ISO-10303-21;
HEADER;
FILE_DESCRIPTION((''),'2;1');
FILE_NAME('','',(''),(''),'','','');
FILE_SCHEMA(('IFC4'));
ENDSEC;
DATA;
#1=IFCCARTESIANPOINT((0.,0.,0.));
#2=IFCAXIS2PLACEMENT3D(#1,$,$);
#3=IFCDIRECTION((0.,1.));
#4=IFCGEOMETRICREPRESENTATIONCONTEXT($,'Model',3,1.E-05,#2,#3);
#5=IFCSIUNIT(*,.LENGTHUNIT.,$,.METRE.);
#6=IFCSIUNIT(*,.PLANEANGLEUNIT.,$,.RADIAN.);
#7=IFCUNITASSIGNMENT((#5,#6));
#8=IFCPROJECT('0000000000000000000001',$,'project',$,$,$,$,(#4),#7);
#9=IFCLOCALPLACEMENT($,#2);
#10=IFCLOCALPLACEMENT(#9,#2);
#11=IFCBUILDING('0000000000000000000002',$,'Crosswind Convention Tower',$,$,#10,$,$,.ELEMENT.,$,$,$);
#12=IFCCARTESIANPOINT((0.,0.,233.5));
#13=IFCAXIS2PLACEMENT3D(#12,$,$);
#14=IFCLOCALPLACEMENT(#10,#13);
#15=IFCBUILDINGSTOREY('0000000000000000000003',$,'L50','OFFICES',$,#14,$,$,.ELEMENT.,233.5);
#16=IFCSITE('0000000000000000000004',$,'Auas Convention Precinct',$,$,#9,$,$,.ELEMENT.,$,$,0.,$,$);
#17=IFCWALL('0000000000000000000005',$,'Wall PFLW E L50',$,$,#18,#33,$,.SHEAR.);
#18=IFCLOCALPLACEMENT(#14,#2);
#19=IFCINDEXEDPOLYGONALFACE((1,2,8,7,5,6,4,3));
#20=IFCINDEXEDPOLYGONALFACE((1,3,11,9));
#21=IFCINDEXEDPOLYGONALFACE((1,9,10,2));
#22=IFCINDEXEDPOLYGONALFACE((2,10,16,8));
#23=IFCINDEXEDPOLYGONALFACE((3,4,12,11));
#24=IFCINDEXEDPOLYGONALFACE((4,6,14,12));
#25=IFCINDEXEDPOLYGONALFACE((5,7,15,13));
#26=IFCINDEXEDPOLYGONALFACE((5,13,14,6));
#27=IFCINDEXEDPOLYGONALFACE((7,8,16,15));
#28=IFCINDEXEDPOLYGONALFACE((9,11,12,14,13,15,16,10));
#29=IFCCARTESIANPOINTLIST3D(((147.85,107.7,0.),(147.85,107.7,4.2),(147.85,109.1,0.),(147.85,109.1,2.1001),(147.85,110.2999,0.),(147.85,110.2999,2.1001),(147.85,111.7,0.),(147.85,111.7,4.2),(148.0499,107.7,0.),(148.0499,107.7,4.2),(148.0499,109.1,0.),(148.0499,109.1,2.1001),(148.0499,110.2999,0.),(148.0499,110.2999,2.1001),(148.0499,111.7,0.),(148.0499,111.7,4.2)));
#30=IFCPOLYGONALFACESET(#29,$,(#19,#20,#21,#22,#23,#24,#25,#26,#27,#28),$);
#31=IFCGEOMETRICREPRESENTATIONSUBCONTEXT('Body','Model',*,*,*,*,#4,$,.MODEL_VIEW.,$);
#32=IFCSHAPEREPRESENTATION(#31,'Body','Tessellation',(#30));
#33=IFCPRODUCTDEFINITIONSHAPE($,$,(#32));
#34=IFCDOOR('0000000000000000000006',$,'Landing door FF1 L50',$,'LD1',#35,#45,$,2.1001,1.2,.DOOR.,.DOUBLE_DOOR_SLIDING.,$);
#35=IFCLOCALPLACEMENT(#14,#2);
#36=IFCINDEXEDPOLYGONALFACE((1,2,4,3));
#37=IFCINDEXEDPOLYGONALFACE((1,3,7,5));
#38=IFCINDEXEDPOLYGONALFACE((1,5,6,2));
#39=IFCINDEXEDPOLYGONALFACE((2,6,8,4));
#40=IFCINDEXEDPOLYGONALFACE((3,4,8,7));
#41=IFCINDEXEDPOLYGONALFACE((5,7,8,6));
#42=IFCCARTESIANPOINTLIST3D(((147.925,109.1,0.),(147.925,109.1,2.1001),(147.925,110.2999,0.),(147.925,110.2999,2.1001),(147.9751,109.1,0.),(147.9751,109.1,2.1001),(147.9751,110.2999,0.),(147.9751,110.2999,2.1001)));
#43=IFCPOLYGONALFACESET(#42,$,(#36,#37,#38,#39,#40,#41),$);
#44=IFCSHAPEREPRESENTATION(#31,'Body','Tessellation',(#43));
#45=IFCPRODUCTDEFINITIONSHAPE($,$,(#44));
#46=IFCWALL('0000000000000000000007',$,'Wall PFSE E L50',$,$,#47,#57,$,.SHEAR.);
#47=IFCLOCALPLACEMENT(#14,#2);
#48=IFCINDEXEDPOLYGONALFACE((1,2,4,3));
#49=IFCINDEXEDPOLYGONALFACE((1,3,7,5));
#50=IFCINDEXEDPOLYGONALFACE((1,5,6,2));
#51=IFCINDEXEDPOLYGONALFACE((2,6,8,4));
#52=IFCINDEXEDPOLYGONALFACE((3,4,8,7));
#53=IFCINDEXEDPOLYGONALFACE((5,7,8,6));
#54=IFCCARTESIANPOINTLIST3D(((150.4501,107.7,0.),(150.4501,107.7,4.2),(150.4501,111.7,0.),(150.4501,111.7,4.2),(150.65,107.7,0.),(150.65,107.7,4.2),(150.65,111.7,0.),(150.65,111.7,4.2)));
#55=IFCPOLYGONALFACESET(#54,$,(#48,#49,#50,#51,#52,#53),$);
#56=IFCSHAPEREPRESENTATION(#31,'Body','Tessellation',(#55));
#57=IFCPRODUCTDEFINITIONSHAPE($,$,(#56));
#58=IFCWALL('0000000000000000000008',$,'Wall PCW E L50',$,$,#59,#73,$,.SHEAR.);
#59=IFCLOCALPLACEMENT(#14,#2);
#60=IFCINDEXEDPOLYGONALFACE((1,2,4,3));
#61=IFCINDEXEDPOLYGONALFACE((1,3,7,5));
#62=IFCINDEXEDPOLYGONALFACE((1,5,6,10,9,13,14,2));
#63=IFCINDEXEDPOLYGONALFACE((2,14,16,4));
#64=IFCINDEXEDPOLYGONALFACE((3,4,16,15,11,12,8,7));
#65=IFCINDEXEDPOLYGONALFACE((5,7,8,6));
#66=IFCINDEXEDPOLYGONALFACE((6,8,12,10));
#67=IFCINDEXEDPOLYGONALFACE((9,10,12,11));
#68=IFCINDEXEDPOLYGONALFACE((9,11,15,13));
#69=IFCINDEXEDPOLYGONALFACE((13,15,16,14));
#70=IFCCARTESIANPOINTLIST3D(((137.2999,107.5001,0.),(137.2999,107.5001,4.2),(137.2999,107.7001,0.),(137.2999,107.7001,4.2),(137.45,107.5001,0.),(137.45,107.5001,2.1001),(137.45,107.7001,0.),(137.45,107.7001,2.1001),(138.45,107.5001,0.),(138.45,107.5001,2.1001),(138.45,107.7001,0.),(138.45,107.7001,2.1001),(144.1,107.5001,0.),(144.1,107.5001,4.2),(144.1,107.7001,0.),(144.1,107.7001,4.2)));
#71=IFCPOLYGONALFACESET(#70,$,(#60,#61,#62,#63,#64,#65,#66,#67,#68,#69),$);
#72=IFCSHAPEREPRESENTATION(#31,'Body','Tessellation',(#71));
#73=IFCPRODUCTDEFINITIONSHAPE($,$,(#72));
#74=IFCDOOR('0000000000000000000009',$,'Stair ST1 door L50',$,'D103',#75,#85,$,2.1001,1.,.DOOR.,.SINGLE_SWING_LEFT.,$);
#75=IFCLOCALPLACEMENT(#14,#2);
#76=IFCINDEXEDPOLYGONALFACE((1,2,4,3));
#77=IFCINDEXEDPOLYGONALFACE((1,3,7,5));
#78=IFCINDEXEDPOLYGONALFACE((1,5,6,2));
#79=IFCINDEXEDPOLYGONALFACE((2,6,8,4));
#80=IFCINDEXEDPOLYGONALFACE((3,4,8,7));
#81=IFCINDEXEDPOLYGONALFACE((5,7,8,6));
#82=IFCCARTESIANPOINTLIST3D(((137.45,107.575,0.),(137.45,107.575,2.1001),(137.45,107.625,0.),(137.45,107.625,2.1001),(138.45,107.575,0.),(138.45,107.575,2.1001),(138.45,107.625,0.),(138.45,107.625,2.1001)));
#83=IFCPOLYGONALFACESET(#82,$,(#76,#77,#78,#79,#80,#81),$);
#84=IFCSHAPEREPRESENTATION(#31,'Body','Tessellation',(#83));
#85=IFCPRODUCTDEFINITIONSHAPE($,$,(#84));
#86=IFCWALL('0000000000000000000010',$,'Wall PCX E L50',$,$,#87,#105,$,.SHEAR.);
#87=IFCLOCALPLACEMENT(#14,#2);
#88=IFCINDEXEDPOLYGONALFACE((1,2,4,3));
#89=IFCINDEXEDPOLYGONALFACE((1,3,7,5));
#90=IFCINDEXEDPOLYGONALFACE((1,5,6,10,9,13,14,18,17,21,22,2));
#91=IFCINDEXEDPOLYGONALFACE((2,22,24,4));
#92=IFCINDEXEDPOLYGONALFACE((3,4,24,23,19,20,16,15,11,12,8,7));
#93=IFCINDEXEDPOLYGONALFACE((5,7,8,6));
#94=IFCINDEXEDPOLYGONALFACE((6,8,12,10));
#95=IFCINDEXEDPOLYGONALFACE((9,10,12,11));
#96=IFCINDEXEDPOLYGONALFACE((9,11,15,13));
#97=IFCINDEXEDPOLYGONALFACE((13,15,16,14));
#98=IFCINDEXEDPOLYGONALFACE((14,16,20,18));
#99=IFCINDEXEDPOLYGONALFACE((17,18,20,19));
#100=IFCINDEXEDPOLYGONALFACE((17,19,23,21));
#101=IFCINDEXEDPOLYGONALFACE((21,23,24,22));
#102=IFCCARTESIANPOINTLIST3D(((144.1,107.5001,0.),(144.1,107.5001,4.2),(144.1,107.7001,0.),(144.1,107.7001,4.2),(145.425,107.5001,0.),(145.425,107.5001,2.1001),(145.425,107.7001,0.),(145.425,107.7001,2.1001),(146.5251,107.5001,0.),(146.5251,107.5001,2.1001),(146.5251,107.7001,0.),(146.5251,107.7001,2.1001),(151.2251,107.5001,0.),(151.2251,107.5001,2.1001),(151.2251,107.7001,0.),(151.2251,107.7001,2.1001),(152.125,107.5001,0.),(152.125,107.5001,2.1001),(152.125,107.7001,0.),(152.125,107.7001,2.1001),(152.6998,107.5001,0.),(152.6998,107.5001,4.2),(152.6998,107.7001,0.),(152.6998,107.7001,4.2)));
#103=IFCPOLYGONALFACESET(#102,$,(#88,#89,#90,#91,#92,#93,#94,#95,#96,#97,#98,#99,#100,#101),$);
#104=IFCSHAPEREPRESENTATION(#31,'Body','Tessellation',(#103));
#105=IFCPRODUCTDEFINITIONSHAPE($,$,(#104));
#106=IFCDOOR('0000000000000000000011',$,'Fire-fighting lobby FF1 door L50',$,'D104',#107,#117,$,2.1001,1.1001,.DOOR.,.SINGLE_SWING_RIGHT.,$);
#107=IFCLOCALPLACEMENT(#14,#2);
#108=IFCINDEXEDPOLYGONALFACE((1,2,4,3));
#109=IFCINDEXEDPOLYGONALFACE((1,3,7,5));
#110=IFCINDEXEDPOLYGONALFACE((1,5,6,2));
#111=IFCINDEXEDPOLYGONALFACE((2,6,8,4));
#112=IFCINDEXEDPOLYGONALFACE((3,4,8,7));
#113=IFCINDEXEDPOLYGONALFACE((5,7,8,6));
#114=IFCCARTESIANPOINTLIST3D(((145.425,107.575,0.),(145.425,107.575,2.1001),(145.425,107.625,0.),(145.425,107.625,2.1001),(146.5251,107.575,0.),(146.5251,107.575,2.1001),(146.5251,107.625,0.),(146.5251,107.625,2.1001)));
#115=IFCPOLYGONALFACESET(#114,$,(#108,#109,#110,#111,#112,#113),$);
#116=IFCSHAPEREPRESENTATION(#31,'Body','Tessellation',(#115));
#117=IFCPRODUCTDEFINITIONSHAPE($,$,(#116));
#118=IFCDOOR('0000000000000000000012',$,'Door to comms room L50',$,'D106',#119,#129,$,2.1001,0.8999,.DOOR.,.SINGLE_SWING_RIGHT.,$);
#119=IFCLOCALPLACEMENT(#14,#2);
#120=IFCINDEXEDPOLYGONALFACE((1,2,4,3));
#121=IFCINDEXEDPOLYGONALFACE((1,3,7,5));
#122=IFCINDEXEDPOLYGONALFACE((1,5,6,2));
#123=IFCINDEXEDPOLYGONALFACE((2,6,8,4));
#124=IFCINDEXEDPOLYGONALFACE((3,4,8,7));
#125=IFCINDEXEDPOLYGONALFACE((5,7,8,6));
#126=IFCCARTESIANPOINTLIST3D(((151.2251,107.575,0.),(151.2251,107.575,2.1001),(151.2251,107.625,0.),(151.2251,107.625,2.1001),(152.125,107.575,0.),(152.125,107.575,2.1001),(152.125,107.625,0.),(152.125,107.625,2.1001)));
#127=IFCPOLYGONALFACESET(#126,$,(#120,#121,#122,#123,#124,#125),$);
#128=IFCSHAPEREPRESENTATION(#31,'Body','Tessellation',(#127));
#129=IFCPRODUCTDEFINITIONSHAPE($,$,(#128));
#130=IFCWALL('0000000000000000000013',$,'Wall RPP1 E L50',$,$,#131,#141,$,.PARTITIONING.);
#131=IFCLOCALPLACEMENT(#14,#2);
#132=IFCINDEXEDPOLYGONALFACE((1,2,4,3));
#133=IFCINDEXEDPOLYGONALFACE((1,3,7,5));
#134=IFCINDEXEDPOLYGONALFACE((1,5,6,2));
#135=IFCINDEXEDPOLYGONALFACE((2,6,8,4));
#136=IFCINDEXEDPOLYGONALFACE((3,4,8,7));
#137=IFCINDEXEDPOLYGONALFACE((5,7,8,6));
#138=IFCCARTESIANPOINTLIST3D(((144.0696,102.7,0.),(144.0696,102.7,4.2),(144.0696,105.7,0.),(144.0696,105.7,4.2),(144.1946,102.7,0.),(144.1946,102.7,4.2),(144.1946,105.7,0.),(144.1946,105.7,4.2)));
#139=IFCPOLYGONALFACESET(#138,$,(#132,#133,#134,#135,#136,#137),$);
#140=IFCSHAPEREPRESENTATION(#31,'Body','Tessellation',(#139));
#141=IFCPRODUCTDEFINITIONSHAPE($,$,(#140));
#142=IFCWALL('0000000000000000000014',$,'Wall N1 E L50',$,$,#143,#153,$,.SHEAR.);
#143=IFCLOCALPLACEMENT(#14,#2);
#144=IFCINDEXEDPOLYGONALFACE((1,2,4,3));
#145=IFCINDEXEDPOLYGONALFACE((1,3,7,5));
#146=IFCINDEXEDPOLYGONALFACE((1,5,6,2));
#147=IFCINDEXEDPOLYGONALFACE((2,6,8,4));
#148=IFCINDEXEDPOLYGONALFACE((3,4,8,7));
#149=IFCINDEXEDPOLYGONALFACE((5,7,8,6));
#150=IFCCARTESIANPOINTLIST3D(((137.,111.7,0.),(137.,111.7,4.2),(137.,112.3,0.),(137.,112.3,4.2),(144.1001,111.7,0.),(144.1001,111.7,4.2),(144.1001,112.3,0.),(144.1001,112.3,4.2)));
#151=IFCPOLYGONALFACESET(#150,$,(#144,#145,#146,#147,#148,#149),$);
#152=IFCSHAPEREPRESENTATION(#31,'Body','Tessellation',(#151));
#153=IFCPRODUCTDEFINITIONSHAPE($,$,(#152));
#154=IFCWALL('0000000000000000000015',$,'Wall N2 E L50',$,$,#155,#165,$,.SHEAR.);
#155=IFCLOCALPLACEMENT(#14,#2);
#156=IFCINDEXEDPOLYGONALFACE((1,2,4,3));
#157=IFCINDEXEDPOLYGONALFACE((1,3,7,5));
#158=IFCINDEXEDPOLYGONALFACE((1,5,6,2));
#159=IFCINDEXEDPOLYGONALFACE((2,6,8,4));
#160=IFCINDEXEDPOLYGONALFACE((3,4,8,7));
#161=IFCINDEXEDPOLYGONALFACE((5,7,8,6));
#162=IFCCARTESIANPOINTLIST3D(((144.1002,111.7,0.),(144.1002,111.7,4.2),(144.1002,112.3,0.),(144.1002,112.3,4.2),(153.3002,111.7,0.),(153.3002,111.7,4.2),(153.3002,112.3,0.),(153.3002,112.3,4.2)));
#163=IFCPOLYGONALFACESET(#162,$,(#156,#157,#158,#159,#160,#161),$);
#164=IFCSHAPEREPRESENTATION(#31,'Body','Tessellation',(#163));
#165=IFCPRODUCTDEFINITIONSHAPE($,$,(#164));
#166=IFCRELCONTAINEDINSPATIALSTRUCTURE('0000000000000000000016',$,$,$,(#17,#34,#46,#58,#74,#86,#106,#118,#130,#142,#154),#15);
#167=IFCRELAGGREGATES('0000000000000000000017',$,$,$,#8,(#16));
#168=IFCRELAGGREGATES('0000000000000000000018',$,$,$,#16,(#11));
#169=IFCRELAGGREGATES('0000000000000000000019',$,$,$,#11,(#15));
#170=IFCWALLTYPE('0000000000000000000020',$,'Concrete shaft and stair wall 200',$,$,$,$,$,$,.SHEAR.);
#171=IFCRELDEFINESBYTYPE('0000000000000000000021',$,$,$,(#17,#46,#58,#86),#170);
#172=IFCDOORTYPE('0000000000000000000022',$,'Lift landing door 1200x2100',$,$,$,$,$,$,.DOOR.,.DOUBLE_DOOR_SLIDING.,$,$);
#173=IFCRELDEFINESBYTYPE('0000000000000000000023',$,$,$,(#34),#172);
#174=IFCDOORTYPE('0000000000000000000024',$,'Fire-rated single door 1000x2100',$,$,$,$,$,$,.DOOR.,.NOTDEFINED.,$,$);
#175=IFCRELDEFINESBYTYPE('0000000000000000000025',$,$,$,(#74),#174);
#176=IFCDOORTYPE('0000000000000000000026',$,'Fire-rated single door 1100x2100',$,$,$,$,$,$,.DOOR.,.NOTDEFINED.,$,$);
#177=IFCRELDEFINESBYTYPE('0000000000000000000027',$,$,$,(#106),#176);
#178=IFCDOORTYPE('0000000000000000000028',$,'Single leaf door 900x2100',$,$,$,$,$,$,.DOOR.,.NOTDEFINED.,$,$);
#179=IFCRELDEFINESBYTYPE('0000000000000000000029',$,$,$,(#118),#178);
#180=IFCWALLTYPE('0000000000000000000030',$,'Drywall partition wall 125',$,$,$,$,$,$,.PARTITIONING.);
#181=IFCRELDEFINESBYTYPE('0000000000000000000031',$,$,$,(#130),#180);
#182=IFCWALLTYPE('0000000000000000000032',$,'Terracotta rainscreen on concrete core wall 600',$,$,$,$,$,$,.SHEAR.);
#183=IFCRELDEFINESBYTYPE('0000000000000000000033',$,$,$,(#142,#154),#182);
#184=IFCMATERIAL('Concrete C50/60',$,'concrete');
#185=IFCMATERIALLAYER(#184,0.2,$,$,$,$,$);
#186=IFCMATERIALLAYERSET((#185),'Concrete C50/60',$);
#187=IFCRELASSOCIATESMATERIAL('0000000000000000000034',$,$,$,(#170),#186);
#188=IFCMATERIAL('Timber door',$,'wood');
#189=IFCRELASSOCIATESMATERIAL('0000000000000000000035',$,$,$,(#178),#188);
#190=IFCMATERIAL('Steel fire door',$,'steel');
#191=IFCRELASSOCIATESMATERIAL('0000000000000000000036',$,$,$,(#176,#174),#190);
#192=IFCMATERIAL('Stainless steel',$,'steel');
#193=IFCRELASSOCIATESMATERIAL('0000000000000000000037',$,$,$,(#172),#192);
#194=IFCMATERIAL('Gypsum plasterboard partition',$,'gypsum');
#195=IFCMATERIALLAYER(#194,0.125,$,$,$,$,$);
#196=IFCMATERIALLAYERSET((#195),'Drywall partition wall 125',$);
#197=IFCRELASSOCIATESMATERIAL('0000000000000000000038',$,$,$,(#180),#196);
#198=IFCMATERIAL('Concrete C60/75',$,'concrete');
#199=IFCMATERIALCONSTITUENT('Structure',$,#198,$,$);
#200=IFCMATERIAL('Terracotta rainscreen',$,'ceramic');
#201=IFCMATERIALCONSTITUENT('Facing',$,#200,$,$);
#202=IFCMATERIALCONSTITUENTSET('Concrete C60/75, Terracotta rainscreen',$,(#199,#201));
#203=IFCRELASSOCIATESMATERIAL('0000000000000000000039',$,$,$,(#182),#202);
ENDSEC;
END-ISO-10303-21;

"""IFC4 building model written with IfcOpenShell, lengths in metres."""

from ifc_helpers import new_model, si_unit, direction, frame, frame_2d, origin, place, context, subcontext, project, spatial, rectangle, extrude, material, layer, layer_set, constituent, constituent_set, type_object, element, fill, save


model = new_model("IFC4")

# Units and contexts
model_context = context("Model", 3, precision=1e-05, world=origin(), true_north=direction((0.0, 1.0)))
body_context = subcontext(model_context, "Body", "Model", "MODEL_VIEW")
ifc_project = project(units=[si_unit("LENGTHUNIT", "METRE"), si_unit("PLANEANGLEUNIT", "RADIAN")], contexts=[model_context])

# Site, building, storey
site_placement = place(None, origin())
site = spatial("IfcSite", under=ifc_project, at=site_placement, Name="Auas Convention Precinct", CompositionType="ELEMENT", RefElevation=0.0)
building_placement = place(site_placement, origin())
building = spatial("IfcBuilding", under=site, at=building_placement, Name="Crosswind Convention Tower", CompositionType="ELEMENT")
storey_placement = place(building_placement, frame((0.0, 0.0, 233.5)))
storey = spatial("IfcBuildingStorey", under=building, at=storey_placement, Name="L50", Description="OFFICES", CompositionType="ELEMENT", Elevation=233.5)

# Shared definitions
ifc_material_1 = material(Name="Concrete C50/60", Category="concrete")
ifc_layer_1 = layer(ifc_material_1, 0.2)
ifc_layer_set_1 = layer_set([ifc_layer_1], Name="Concrete C50/60")
wall_type_1 = type_object("IfcWallType", Name="Concrete shaft and stair wall 200", PredefinedType="SHEAR", material=ifc_layer_set_1)

# Shared definitions
ifc_material_2 = material(Name="Timber door", Category="wood")
door_type_1 = type_object("IfcDoorType", Name="Single leaf door 900x2100", OperationType="NOTDEFINED", PredefinedType="DOOR", material=ifc_material_2)

# Shared definitions
ifc_material_3 = material(Name="Steel fire door", Category="steel")
door_type_2 = type_object("IfcDoorType", Name="Fire-rated single door 1100x2100", OperationType="NOTDEFINED", PredefinedType="DOOR", material=ifc_material_3)

# Wall, opening, door
wall_1_placement = place(storey_placement, frame((147.95, 107.7, 0.0), z_axis=(0.0, 0.0, 1.0), x_axis=(0.0, 1.0, 0.0)))
wall_1 = element("IfcWall", 1, at=wall_1_placement, inside=storey, type_object=wall_type_1, Name="Wall PFLW E L50", PredefinedType="SHEAR", context=body_context, shape_type="SweptSolid", body=[
    extrude(rectangle(XDim=4.0, YDim=0.2, at=frame_2d((2.0, 0.0))), origin(), (0.0, 0.0, 1.0), 4.2),
])
opening_1_placement = place(wall_1_placement, frame((1.3999, 0.0, 0.0)))
opening_1 = element("IfcOpeningElement", 2, at=opening_1_placement, cuts=wall_1, PredefinedType="OPENING", context=body_context, shape_type="SweptSolid", body=[
    extrude(rectangle(XDim=1.2, YDim=2.1001, at=frame_2d((0.6001, 1.05))), frame((0.0, 0.1099, 0.0), z_axis=(0.0, -1.0, 0.0), x_axis=(1.0, 0.0, 0.0)), (0.0, 0.0, 1.0), 0.22),
])
ifc_material_4 = material(Name="Stainless steel", Category="steel")
door_type_3 = type_object("IfcDoorType", Name="Lift landing door 1200x2100", OperationType="DOUBLE_DOOR_SLIDING", PredefinedType="DOOR", material=ifc_material_4)
door_1_placement = place(opening_1_placement, origin())
door_1 = element("IfcDoor", 3, at=door_1_placement, inside=storey, type_object=door_type_3, Name="Landing door FF1 L50", ObjectType="LD1", OperationType="DOUBLE_DOOR_SLIDING", OverallHeight=2.1001, OverallWidth=1.2, PredefinedType="DOOR", context=body_context, shape_type="SweptSolid", body=[
    extrude(rectangle(XDim=1.2, YDim=2.1001, at=frame_2d((0.6001, 1.05))), frame((0.0, 0.0249, 0.0), z_axis=(0.0, -1.0, 0.0), x_axis=(1.0, 0.0, 0.0)), (0.0, 0.0, 1.0), 0.05),
])
fill(opening_1, door_1)

# Wall
wall_2_placement = place(storey_placement, frame((150.55, 107.7, 0.0), z_axis=(0.0, 0.0, 1.0), x_axis=(0.0, 1.0, 0.0)))
element("IfcWall", 4, at=wall_2_placement, inside=storey, type_object=wall_type_1, Name="Wall PFSE E L50", PredefinedType="SHEAR", context=body_context, shape_type="SweptSolid", body=[
    extrude(rectangle(XDim=4.0, YDim=0.2, at=frame_2d((2.0, 0.0))), origin(), (0.0, 0.0, 1.0), 4.2),
])

# Wall, opening, door
wall_3_placement = place(storey_placement, frame((137.3, 107.6001, 0.0), z_axis=(0.0, 0.0, 1.0), x_axis=(1.0, 0.0, 0.0)))
wall_3 = element("IfcWall", 5, at=wall_3_placement, inside=storey, type_object=wall_type_1, Name="Wall PCW E L50", PredefinedType="SHEAR", context=body_context, shape_type="SweptSolid", body=[
    extrude(rectangle(XDim=6.8, YDim=0.2, at=frame_2d((3.3999, 0.0))), origin(), (0.0, 0.0, 1.0), 4.2),
])
opening_2_placement = place(wall_3_placement, frame((0.1499, 0.0, 0.0)))
opening_2 = element("IfcOpeningElement", 6, at=opening_2_placement, cuts=wall_3, PredefinedType="OPENING", context=body_context, shape_type="SweptSolid", body=[
    extrude(rectangle(XDim=1.0, YDim=2.1001, at=frame_2d((0.5, 1.05))), frame((0.0, 0.1099, 0.0), z_axis=(0.0, -1.0, 0.0), x_axis=(1.0, 0.0, 0.0)), (0.0, 0.0, 1.0), 0.22),
])
door_type_4 = type_object("IfcDoorType", Name="Fire-rated single door 1000x2100", OperationType="NOTDEFINED", PredefinedType="DOOR", material=ifc_material_3)
door_2_placement = place(opening_2_placement, origin())
door_2 = element("IfcDoor", 7, at=door_2_placement, inside=storey, type_object=door_type_4, Name="Stair ST1 door L50", ObjectType="D103", OperationType="SINGLE_SWING_LEFT", OverallHeight=2.1001, OverallWidth=1.0, PredefinedType="DOOR", context=body_context, shape_type="SweptSolid", body=[
    extrude(rectangle(XDim=1.0, YDim=2.1001, at=frame_2d((0.5, 1.05))), frame((0.0, 0.0249, 0.0), z_axis=(0.0, -1.0, 0.0), x_axis=(1.0, 0.0, 0.0)), (0.0, 0.0, 1.0), 0.05),
])
fill(opening_2, door_2)

# Wall, openings, doors
wall_4_placement = place(storey_placement, frame((144.1001, 107.6001, 0.0), z_axis=(0.0, 0.0, 1.0), x_axis=(1.0, 0.0, 0.0)))
wall_4 = element("IfcWall", 8, at=wall_4_placement, inside=storey, type_object=wall_type_1, Name="Wall PCX E L50", PredefinedType="SHEAR", context=body_context, shape_type="SweptSolid", body=[
    extrude(rectangle(XDim=8.5999, YDim=0.2, at=frame_2d((4.2998, 0.0))), origin(), (0.0, 0.0, 1.0), 4.2),
])
opening_3_placement = place(wall_4_placement, frame((1.325, 0.0, 0.0)))
opening_3 = element("IfcOpeningElement", 9, at=opening_3_placement, cuts=wall_4, PredefinedType="OPENING", context=body_context, shape_type="SweptSolid", body=[
    extrude(rectangle(XDim=1.1001, YDim=2.1001, at=frame_2d((0.55, 1.05))), frame((0.0, 0.1099, 0.0), z_axis=(0.0, -1.0, 0.0), x_axis=(1.0, 0.0, 0.0)), (0.0, 0.0, 1.0), 0.22),
])
opening_4_placement = place(wall_4_placement, frame((7.125, 0.0, 0.0)))
opening_4 = element("IfcOpeningElement", 10, at=opening_4_placement, cuts=wall_4, PredefinedType="OPENING", context=body_context, shape_type="SweptSolid", body=[
    extrude(rectangle(XDim=0.8999, YDim=2.1001, at=frame_2d((0.45, 1.05))), frame((0.0, 0.1099, 0.0), z_axis=(0.0, -1.0, 0.0), x_axis=(1.0, 0.0, 0.0)), (0.0, 0.0, 1.0), 0.22),
])
door_3_placement = place(opening_3_placement, origin())
door_3 = element("IfcDoor", 11, at=door_3_placement, inside=storey, type_object=door_type_2, Name="Fire-fighting lobby FF1 door L50", ObjectType="D104", OperationType="SINGLE_SWING_RIGHT", OverallHeight=2.1001, OverallWidth=1.1001, PredefinedType="DOOR", context=body_context, shape_type="SweptSolid", body=[
    extrude(rectangle(XDim=1.1001, YDim=2.1001, at=frame_2d((0.55, 1.05))), frame((0.0, 0.0249, 0.0), z_axis=(0.0, -1.0, 0.0), x_axis=(1.0, 0.0, 0.0)), (0.0, 0.0, 1.0), 0.05),
])
fill(opening_3, door_3)
door_4_placement = place(opening_4_placement, origin())
door_4 = element("IfcDoor", 12, at=door_4_placement, inside=storey, type_object=door_type_1, Name="Door to comms room L50", ObjectType="D106", OperationType="SINGLE_SWING_RIGHT", OverallHeight=2.1001, OverallWidth=0.8999, PredefinedType="DOOR", context=body_context, shape_type="SweptSolid", body=[
    extrude(rectangle(XDim=0.8999, YDim=2.1001, at=frame_2d((0.45, 1.05))), frame((0.0, 0.0249, 0.0), z_axis=(0.0, -1.0, 0.0), x_axis=(1.0, 0.0, 0.0)), (0.0, 0.0, 1.0), 0.05),
])
fill(opening_4, door_4)

# Walls
ifc_material_5 = material(Name="Gypsum plasterboard partition", Category="gypsum")
ifc_layer_2 = layer(ifc_material_5, 0.125)
ifc_layer_set_2 = layer_set([ifc_layer_2], Name="Drywall partition wall 125")
wall_type_2 = type_object("IfcWallType", Name="Drywall partition wall 125", PredefinedType="PARTITIONING", material=ifc_layer_set_2)
wall_5_placement = place(storey_placement, frame((144.1321, 102.7, 0.0), z_axis=(0.0, 0.0, 1.0), x_axis=(0.0, 1.0, 0.0)))
element("IfcWall", 13, at=wall_5_placement, inside=storey, type_object=wall_type_2, Name="Wall RPP1 E L50", PredefinedType="PARTITIONING", context=body_context, shape_type="SweptSolid", body=[
    extrude(rectangle(XDim=3.0, YDim=0.125, at=frame_2d((1.5, 0.0))), origin(), (0.0, 0.0, 1.0), 4.2),
])
ifc_material_6 = material(Name="Concrete C60/75", Category="concrete")
ifc_constituent_1 = constituent(ifc_material_6, Name="Structure")
ifc_material_7 = material(Name="Terracotta rainscreen", Category="ceramic")
ifc_constituent_2 = constituent(ifc_material_7, Name="Facing")
ifc_constituent_set = constituent_set(constituents=[ifc_constituent_1, ifc_constituent_2], Name="Concrete C60/75, Terracotta rainscreen")
wall_type_3 = type_object("IfcWallType", Name="Terracotta rainscreen on concrete core wall 600", PredefinedType="SHEAR", material=ifc_constituent_set)
wall_6_placement = place(storey_placement, frame((137.0, 112.0, 0.0), z_axis=(0.0, 0.0, 1.0), x_axis=(1.0, 0.0, 0.0)))
element("IfcWall", 14, at=wall_6_placement, inside=storey, type_object=wall_type_3, Name="Wall N1 E L50", PredefinedType="SHEAR", context=body_context, shape_type="SweptSolid", body=[
    extrude(rectangle(XDim=7.1001, YDim=0.6001, at=frame_2d((3.55, 0.0))), origin(), (0.0, 0.0, 1.0), 4.2),
])
wall_7_placement = place(storey_placement, frame((144.1001, 112.0, 0.0), z_axis=(0.0, 0.0, 1.0), x_axis=(1.0, 0.0, 0.0)))
element("IfcWall", 15, at=wall_7_placement, inside=storey, type_object=wall_type_3, Name="Wall N2 E L50", PredefinedType="SHEAR", context=body_context, shape_type="SweptSolid", body=[
    extrude(rectangle(XDim=9.2, YDim=0.6001, at=frame_2d((4.6001, 0.0))), origin(), (0.0, 0.0, 1.0), 4.2),
])

save(model, "model.ifc")
